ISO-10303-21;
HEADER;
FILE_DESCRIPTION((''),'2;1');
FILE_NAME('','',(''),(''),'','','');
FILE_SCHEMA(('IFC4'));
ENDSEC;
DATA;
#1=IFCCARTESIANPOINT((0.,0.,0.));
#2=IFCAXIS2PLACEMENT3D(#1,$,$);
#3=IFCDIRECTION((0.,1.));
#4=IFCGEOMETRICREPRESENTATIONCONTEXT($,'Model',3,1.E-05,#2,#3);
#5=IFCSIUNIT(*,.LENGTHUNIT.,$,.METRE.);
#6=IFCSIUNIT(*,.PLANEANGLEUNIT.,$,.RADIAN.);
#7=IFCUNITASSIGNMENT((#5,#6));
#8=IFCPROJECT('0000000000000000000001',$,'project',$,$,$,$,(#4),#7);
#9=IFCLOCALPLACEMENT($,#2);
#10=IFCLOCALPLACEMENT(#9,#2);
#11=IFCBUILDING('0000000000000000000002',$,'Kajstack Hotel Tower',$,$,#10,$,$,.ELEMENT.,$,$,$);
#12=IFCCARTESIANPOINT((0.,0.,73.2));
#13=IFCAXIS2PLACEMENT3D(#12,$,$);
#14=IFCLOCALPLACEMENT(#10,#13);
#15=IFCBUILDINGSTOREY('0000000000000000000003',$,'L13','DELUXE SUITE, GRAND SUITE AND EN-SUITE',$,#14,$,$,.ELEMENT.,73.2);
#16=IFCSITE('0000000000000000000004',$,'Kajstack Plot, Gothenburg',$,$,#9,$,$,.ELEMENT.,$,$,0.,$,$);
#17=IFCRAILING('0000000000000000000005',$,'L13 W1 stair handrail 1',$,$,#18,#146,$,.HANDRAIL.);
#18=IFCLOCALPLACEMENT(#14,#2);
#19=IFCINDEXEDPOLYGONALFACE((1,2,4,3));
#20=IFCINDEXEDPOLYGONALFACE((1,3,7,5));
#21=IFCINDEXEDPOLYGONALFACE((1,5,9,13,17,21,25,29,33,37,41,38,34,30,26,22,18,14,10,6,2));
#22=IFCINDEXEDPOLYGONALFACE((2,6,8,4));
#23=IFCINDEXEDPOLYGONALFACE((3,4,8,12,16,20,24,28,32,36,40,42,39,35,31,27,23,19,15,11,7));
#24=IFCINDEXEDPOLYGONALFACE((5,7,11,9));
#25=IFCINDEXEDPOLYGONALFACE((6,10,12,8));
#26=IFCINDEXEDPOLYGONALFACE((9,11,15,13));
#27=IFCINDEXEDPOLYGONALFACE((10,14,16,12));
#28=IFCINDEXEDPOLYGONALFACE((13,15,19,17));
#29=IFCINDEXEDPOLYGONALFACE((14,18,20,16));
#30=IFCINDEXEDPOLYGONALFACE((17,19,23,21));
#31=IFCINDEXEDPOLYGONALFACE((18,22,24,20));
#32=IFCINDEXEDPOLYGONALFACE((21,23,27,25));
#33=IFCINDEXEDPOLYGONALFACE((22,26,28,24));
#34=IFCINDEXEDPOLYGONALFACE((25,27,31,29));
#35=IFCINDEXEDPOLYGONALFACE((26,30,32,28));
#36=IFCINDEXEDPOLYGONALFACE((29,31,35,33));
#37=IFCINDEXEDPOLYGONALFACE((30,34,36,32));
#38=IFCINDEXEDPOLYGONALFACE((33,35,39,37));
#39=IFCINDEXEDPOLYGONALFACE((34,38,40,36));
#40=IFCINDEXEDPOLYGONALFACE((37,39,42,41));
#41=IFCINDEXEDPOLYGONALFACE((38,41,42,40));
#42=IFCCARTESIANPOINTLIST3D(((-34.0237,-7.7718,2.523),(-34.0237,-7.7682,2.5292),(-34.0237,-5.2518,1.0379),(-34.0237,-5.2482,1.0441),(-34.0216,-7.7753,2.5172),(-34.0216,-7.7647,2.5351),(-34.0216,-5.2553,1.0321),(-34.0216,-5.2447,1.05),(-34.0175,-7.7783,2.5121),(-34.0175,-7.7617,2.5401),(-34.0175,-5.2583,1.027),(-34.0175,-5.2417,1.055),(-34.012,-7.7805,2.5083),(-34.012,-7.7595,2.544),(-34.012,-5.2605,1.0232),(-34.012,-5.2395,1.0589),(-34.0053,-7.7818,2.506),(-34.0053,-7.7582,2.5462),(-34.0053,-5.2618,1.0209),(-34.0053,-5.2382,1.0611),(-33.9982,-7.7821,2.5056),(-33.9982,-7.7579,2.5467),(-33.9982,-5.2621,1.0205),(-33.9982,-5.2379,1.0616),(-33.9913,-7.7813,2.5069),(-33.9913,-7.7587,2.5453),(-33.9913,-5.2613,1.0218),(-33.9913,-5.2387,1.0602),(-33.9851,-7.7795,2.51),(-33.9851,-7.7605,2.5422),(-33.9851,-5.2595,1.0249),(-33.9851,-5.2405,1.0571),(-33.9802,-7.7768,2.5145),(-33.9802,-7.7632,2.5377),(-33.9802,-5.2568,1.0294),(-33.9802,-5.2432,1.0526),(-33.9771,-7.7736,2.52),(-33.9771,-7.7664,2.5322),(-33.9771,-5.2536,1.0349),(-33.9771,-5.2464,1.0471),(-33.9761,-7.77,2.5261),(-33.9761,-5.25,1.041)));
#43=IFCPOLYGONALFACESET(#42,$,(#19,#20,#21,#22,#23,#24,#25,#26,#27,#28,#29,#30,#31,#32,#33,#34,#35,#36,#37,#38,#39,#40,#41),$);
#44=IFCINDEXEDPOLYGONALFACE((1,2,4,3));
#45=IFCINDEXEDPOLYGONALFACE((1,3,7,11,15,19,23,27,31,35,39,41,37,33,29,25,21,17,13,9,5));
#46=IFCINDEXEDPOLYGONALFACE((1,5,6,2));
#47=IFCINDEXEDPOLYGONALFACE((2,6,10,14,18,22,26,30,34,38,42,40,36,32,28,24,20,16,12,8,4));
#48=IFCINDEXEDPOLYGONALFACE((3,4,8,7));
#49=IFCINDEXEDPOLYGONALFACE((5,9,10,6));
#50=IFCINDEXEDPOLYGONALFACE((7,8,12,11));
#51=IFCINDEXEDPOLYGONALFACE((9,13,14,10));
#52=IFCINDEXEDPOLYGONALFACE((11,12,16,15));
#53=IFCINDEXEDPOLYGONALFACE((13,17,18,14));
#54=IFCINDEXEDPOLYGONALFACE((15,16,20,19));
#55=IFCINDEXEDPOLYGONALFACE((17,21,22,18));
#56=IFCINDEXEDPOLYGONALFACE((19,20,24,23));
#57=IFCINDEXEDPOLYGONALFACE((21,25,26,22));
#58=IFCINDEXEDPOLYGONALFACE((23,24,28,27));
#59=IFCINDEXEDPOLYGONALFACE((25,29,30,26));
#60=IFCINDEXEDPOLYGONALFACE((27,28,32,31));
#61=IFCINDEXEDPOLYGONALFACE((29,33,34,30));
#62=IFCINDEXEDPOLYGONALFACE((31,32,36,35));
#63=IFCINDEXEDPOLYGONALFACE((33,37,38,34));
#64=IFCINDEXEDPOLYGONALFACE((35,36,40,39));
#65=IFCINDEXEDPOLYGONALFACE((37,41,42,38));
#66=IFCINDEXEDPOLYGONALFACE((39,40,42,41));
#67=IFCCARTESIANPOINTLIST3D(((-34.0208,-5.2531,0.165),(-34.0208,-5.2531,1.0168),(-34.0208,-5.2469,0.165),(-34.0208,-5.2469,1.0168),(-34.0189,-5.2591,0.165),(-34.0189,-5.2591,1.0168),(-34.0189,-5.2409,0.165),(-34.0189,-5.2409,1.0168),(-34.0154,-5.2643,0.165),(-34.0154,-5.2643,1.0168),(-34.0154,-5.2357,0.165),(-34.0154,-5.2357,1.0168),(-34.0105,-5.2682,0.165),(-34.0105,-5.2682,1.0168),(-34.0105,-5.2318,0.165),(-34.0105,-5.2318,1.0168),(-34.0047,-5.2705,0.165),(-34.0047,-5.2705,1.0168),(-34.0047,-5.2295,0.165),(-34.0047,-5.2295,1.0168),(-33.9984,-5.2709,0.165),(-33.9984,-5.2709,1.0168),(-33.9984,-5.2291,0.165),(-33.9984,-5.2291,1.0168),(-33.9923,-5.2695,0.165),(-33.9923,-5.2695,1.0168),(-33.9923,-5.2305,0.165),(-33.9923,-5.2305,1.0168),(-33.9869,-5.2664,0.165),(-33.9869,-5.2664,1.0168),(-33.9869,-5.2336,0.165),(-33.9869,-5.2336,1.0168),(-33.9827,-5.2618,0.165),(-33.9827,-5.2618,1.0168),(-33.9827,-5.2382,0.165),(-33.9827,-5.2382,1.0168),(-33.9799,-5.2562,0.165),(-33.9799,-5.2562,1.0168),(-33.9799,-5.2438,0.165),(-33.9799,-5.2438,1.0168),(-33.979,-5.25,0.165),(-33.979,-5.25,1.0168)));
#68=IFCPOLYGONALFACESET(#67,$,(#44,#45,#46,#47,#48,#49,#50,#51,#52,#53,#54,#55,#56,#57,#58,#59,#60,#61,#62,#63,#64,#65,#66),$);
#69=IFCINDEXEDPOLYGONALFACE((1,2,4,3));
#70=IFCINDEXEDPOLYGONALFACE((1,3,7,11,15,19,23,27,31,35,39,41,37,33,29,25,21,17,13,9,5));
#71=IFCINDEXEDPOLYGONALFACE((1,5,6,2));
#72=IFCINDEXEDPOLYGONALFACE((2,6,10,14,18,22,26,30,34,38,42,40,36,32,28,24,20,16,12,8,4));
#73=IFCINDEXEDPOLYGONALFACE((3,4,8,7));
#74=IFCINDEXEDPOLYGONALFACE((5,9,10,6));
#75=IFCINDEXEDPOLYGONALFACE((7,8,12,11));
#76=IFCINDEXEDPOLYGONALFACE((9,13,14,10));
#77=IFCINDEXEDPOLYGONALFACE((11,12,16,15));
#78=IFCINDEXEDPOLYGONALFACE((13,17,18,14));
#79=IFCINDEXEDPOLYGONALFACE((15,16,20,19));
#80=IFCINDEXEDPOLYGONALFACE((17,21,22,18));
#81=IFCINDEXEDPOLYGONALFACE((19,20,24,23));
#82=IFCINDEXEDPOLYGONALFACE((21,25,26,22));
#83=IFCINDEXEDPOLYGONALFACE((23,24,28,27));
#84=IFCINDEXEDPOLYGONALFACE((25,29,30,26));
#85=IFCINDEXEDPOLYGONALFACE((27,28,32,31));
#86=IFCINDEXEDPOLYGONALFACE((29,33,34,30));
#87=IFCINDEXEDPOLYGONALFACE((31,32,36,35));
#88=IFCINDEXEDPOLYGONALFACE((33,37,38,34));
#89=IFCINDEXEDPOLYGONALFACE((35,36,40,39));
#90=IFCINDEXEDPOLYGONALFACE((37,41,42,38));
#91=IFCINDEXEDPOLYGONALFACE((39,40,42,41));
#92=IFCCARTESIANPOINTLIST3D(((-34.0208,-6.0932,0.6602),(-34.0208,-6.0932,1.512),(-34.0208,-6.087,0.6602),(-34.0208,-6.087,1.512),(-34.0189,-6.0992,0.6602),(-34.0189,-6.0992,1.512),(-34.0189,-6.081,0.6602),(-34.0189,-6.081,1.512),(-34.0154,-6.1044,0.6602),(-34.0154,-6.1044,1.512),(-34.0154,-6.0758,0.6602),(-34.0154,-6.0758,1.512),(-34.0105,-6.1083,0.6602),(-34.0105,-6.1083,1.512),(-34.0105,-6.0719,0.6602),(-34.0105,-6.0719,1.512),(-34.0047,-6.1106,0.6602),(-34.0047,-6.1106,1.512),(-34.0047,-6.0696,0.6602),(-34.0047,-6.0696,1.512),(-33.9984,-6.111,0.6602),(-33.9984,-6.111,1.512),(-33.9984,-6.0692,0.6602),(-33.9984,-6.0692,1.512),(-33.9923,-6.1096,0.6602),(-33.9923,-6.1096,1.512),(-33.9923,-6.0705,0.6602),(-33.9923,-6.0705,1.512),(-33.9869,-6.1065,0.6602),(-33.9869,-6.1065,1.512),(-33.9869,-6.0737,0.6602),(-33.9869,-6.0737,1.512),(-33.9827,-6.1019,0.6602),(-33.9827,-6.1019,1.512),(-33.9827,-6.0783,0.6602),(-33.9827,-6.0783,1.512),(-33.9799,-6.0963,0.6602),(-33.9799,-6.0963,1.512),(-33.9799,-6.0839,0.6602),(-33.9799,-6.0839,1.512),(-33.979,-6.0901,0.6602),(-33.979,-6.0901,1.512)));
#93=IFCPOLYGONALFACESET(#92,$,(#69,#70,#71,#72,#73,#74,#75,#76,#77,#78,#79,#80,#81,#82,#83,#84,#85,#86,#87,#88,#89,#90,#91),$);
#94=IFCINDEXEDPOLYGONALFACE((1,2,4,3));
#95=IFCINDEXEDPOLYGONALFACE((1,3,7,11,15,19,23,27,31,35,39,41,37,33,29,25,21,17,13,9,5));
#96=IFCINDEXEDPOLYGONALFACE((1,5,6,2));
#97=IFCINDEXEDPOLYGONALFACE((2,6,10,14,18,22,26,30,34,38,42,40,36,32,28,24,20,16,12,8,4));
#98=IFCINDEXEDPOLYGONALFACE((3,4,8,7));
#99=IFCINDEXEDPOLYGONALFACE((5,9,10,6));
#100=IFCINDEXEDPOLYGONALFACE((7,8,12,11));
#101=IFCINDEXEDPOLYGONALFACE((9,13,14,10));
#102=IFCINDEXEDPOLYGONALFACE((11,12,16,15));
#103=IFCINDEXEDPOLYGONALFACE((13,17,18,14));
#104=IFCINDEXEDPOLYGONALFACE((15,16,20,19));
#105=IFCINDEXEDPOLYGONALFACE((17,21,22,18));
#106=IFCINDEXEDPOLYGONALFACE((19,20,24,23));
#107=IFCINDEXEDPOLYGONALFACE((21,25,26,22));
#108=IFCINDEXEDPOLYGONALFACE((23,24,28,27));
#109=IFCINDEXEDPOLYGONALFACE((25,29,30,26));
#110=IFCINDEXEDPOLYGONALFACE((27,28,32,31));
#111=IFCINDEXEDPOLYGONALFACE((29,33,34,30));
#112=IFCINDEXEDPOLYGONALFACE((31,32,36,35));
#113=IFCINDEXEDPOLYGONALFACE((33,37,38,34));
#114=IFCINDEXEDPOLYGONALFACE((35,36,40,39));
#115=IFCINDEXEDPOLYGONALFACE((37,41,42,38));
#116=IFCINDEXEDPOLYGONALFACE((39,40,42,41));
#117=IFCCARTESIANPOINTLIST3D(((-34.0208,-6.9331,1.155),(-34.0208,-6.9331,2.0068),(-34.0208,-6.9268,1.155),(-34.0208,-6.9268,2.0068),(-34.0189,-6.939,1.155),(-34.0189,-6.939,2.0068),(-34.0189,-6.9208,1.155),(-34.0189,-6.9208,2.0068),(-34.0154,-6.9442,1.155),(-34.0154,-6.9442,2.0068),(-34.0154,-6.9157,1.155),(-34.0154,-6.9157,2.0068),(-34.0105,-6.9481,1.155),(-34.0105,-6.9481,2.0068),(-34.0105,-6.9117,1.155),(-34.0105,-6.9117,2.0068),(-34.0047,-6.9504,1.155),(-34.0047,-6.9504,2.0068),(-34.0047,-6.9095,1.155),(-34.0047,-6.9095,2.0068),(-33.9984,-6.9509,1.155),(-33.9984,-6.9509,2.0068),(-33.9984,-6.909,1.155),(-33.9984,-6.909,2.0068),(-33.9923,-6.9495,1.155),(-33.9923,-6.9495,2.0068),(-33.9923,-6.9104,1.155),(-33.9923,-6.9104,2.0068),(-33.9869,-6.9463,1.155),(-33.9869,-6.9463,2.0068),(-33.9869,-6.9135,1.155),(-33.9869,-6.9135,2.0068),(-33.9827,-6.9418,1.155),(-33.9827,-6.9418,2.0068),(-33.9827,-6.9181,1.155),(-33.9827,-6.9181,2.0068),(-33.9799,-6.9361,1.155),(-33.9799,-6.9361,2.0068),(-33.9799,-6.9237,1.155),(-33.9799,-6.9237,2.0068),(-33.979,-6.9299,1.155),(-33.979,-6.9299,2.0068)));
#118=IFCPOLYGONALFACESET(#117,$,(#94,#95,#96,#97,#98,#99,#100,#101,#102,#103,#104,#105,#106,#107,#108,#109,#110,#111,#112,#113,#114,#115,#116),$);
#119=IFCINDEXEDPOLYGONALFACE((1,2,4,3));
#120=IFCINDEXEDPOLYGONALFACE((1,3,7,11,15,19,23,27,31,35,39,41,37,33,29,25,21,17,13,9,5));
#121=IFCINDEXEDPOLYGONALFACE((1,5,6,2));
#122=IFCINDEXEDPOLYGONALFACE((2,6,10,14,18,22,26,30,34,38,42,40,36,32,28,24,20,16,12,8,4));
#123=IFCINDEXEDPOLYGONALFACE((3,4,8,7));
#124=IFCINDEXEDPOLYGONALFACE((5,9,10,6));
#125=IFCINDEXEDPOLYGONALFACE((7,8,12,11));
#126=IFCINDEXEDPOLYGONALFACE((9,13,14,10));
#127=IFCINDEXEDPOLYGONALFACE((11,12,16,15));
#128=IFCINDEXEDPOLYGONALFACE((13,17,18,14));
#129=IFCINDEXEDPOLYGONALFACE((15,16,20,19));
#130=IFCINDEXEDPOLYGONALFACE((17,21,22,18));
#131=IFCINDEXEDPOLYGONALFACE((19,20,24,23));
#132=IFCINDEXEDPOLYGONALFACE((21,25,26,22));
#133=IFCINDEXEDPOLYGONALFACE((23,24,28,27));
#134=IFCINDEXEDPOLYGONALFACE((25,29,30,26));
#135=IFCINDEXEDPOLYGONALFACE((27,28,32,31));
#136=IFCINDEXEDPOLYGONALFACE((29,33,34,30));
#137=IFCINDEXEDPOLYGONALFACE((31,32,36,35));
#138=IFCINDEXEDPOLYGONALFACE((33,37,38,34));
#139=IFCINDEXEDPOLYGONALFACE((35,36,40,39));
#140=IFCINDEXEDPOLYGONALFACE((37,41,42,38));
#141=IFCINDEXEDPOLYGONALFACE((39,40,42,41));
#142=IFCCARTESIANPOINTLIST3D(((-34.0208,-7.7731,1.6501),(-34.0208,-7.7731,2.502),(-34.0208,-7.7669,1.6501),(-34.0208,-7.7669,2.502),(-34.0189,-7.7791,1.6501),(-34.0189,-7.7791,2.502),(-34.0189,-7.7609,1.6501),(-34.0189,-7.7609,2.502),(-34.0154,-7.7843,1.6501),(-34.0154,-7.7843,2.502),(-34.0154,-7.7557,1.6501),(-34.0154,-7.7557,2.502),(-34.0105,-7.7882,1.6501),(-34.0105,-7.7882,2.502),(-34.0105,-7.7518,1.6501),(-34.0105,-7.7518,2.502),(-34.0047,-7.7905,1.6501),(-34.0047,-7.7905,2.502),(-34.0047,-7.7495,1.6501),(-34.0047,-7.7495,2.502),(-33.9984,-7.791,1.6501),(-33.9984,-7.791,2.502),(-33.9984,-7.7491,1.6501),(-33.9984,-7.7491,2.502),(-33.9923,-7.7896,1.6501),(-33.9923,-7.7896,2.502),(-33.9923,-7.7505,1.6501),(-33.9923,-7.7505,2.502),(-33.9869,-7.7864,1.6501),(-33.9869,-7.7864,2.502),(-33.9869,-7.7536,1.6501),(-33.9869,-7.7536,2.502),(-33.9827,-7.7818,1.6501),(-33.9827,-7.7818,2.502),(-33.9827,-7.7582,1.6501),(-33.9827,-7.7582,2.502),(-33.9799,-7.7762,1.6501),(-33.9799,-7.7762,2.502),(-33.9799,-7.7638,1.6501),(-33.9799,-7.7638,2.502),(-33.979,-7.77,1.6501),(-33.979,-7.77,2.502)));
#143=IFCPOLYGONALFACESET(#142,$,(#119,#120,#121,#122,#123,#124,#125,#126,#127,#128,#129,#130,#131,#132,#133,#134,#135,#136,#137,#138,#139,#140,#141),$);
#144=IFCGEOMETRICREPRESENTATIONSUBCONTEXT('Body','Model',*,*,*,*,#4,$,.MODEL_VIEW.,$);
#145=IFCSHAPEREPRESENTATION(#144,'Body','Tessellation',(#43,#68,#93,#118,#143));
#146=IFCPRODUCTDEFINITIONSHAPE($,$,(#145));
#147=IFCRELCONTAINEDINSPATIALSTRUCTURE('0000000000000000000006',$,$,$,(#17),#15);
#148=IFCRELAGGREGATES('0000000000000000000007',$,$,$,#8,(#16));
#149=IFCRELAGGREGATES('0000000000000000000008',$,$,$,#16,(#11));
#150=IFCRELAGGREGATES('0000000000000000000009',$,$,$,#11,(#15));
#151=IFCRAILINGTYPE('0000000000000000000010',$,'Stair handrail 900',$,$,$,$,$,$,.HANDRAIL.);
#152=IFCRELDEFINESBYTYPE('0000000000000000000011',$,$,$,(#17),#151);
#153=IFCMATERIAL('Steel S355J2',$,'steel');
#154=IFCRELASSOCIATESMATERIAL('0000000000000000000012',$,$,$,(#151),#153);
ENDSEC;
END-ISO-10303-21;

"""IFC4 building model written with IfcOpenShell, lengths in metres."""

from ifc_helpers import new_model, si_unit, direction, frame, origin, origin_2d, place, context, subcontext, project, spatial, circle, extrude, material, type_object, element, save


model = new_model("IFC4")

# Units and contexts
model_context = context("Model", 3, precision=1e-05, world=origin(), true_north=direction((0.0, 1.0)))
body_context = subcontext(model_context, "Body", "Model", "MODEL_VIEW")
ifc_project = project(units=[si_unit("LENGTHUNIT", "METRE"), si_unit("PLANEANGLEUNIT", "RADIAN")], contexts=[model_context])

# Site, building, storey
site_placement = place(None, origin())
site = spatial("IfcSite", under=ifc_project, at=site_placement, Name="Kajstack Plot, Gothenburg", CompositionType="ELEMENT", RefElevation=0.0)
building_placement = place(site_placement, origin())
building = spatial("IfcBuilding", under=site, at=building_placement, Name="Kajstack Hotel Tower", CompositionType="ELEMENT")
storey_placement = place(building_placement, frame((0.0, 0.0, 73.2)))
storey = spatial("IfcBuildingStorey", under=building, at=storey_placement, Name="L13", Description="DELUXE SUITE, GRAND SUITE AND EN-SUITE", CompositionType="ELEMENT", Elevation=73.2)

# Railing
ifc_material_1 = material(Name="Steel S355J2", Category="steel")
railing_type = type_object("IfcRailingType", Name="Stair handrail 900", PredefinedType="HANDRAIL", material=ifc_material_1)
railing_1_placement = place(storey_placement, frame((-34.0, -5.25, 0.165)))
element("IfcRailing", 1, at=railing_1_placement, inside=storey, type_object=railing_type, Name="L13 W1 stair handrail 1", PredefinedType="HANDRAIL", context=body_context, shape_type="SweptSolid", body=[
    extrude(circle(Radius=0.0239, at=origin_2d()), frame((0.0, 0.0, 0.876), z_axis=(0.0, -0.861524, 0.507717), x_axis=(1.0, 0.0, 0.0)), (0.0, 0.0, 1.0), 2.925),
    extrude(circle(Radius=0.021, at=origin_2d()), origin(), (0.0, 0.0, 1.0), 0.8518),
    extrude(circle(Radius=0.021, at=origin_2d()), frame((0.0, -0.8401, 0.4951)), (0.0, 0.0, 1.0), 0.8518),
    extrude(circle(Radius=0.021, at=origin_2d()), frame((0.0, -1.6799, 0.99)), (0.0, 0.0, 1.0), 0.8518),
    extrude(circle(Radius=0.021, at=origin_2d()), frame((0.0, -2.52, 1.4851)), (0.0, 0.0, 1.0), 0.8518),
])

save(model, "model.ifc")
